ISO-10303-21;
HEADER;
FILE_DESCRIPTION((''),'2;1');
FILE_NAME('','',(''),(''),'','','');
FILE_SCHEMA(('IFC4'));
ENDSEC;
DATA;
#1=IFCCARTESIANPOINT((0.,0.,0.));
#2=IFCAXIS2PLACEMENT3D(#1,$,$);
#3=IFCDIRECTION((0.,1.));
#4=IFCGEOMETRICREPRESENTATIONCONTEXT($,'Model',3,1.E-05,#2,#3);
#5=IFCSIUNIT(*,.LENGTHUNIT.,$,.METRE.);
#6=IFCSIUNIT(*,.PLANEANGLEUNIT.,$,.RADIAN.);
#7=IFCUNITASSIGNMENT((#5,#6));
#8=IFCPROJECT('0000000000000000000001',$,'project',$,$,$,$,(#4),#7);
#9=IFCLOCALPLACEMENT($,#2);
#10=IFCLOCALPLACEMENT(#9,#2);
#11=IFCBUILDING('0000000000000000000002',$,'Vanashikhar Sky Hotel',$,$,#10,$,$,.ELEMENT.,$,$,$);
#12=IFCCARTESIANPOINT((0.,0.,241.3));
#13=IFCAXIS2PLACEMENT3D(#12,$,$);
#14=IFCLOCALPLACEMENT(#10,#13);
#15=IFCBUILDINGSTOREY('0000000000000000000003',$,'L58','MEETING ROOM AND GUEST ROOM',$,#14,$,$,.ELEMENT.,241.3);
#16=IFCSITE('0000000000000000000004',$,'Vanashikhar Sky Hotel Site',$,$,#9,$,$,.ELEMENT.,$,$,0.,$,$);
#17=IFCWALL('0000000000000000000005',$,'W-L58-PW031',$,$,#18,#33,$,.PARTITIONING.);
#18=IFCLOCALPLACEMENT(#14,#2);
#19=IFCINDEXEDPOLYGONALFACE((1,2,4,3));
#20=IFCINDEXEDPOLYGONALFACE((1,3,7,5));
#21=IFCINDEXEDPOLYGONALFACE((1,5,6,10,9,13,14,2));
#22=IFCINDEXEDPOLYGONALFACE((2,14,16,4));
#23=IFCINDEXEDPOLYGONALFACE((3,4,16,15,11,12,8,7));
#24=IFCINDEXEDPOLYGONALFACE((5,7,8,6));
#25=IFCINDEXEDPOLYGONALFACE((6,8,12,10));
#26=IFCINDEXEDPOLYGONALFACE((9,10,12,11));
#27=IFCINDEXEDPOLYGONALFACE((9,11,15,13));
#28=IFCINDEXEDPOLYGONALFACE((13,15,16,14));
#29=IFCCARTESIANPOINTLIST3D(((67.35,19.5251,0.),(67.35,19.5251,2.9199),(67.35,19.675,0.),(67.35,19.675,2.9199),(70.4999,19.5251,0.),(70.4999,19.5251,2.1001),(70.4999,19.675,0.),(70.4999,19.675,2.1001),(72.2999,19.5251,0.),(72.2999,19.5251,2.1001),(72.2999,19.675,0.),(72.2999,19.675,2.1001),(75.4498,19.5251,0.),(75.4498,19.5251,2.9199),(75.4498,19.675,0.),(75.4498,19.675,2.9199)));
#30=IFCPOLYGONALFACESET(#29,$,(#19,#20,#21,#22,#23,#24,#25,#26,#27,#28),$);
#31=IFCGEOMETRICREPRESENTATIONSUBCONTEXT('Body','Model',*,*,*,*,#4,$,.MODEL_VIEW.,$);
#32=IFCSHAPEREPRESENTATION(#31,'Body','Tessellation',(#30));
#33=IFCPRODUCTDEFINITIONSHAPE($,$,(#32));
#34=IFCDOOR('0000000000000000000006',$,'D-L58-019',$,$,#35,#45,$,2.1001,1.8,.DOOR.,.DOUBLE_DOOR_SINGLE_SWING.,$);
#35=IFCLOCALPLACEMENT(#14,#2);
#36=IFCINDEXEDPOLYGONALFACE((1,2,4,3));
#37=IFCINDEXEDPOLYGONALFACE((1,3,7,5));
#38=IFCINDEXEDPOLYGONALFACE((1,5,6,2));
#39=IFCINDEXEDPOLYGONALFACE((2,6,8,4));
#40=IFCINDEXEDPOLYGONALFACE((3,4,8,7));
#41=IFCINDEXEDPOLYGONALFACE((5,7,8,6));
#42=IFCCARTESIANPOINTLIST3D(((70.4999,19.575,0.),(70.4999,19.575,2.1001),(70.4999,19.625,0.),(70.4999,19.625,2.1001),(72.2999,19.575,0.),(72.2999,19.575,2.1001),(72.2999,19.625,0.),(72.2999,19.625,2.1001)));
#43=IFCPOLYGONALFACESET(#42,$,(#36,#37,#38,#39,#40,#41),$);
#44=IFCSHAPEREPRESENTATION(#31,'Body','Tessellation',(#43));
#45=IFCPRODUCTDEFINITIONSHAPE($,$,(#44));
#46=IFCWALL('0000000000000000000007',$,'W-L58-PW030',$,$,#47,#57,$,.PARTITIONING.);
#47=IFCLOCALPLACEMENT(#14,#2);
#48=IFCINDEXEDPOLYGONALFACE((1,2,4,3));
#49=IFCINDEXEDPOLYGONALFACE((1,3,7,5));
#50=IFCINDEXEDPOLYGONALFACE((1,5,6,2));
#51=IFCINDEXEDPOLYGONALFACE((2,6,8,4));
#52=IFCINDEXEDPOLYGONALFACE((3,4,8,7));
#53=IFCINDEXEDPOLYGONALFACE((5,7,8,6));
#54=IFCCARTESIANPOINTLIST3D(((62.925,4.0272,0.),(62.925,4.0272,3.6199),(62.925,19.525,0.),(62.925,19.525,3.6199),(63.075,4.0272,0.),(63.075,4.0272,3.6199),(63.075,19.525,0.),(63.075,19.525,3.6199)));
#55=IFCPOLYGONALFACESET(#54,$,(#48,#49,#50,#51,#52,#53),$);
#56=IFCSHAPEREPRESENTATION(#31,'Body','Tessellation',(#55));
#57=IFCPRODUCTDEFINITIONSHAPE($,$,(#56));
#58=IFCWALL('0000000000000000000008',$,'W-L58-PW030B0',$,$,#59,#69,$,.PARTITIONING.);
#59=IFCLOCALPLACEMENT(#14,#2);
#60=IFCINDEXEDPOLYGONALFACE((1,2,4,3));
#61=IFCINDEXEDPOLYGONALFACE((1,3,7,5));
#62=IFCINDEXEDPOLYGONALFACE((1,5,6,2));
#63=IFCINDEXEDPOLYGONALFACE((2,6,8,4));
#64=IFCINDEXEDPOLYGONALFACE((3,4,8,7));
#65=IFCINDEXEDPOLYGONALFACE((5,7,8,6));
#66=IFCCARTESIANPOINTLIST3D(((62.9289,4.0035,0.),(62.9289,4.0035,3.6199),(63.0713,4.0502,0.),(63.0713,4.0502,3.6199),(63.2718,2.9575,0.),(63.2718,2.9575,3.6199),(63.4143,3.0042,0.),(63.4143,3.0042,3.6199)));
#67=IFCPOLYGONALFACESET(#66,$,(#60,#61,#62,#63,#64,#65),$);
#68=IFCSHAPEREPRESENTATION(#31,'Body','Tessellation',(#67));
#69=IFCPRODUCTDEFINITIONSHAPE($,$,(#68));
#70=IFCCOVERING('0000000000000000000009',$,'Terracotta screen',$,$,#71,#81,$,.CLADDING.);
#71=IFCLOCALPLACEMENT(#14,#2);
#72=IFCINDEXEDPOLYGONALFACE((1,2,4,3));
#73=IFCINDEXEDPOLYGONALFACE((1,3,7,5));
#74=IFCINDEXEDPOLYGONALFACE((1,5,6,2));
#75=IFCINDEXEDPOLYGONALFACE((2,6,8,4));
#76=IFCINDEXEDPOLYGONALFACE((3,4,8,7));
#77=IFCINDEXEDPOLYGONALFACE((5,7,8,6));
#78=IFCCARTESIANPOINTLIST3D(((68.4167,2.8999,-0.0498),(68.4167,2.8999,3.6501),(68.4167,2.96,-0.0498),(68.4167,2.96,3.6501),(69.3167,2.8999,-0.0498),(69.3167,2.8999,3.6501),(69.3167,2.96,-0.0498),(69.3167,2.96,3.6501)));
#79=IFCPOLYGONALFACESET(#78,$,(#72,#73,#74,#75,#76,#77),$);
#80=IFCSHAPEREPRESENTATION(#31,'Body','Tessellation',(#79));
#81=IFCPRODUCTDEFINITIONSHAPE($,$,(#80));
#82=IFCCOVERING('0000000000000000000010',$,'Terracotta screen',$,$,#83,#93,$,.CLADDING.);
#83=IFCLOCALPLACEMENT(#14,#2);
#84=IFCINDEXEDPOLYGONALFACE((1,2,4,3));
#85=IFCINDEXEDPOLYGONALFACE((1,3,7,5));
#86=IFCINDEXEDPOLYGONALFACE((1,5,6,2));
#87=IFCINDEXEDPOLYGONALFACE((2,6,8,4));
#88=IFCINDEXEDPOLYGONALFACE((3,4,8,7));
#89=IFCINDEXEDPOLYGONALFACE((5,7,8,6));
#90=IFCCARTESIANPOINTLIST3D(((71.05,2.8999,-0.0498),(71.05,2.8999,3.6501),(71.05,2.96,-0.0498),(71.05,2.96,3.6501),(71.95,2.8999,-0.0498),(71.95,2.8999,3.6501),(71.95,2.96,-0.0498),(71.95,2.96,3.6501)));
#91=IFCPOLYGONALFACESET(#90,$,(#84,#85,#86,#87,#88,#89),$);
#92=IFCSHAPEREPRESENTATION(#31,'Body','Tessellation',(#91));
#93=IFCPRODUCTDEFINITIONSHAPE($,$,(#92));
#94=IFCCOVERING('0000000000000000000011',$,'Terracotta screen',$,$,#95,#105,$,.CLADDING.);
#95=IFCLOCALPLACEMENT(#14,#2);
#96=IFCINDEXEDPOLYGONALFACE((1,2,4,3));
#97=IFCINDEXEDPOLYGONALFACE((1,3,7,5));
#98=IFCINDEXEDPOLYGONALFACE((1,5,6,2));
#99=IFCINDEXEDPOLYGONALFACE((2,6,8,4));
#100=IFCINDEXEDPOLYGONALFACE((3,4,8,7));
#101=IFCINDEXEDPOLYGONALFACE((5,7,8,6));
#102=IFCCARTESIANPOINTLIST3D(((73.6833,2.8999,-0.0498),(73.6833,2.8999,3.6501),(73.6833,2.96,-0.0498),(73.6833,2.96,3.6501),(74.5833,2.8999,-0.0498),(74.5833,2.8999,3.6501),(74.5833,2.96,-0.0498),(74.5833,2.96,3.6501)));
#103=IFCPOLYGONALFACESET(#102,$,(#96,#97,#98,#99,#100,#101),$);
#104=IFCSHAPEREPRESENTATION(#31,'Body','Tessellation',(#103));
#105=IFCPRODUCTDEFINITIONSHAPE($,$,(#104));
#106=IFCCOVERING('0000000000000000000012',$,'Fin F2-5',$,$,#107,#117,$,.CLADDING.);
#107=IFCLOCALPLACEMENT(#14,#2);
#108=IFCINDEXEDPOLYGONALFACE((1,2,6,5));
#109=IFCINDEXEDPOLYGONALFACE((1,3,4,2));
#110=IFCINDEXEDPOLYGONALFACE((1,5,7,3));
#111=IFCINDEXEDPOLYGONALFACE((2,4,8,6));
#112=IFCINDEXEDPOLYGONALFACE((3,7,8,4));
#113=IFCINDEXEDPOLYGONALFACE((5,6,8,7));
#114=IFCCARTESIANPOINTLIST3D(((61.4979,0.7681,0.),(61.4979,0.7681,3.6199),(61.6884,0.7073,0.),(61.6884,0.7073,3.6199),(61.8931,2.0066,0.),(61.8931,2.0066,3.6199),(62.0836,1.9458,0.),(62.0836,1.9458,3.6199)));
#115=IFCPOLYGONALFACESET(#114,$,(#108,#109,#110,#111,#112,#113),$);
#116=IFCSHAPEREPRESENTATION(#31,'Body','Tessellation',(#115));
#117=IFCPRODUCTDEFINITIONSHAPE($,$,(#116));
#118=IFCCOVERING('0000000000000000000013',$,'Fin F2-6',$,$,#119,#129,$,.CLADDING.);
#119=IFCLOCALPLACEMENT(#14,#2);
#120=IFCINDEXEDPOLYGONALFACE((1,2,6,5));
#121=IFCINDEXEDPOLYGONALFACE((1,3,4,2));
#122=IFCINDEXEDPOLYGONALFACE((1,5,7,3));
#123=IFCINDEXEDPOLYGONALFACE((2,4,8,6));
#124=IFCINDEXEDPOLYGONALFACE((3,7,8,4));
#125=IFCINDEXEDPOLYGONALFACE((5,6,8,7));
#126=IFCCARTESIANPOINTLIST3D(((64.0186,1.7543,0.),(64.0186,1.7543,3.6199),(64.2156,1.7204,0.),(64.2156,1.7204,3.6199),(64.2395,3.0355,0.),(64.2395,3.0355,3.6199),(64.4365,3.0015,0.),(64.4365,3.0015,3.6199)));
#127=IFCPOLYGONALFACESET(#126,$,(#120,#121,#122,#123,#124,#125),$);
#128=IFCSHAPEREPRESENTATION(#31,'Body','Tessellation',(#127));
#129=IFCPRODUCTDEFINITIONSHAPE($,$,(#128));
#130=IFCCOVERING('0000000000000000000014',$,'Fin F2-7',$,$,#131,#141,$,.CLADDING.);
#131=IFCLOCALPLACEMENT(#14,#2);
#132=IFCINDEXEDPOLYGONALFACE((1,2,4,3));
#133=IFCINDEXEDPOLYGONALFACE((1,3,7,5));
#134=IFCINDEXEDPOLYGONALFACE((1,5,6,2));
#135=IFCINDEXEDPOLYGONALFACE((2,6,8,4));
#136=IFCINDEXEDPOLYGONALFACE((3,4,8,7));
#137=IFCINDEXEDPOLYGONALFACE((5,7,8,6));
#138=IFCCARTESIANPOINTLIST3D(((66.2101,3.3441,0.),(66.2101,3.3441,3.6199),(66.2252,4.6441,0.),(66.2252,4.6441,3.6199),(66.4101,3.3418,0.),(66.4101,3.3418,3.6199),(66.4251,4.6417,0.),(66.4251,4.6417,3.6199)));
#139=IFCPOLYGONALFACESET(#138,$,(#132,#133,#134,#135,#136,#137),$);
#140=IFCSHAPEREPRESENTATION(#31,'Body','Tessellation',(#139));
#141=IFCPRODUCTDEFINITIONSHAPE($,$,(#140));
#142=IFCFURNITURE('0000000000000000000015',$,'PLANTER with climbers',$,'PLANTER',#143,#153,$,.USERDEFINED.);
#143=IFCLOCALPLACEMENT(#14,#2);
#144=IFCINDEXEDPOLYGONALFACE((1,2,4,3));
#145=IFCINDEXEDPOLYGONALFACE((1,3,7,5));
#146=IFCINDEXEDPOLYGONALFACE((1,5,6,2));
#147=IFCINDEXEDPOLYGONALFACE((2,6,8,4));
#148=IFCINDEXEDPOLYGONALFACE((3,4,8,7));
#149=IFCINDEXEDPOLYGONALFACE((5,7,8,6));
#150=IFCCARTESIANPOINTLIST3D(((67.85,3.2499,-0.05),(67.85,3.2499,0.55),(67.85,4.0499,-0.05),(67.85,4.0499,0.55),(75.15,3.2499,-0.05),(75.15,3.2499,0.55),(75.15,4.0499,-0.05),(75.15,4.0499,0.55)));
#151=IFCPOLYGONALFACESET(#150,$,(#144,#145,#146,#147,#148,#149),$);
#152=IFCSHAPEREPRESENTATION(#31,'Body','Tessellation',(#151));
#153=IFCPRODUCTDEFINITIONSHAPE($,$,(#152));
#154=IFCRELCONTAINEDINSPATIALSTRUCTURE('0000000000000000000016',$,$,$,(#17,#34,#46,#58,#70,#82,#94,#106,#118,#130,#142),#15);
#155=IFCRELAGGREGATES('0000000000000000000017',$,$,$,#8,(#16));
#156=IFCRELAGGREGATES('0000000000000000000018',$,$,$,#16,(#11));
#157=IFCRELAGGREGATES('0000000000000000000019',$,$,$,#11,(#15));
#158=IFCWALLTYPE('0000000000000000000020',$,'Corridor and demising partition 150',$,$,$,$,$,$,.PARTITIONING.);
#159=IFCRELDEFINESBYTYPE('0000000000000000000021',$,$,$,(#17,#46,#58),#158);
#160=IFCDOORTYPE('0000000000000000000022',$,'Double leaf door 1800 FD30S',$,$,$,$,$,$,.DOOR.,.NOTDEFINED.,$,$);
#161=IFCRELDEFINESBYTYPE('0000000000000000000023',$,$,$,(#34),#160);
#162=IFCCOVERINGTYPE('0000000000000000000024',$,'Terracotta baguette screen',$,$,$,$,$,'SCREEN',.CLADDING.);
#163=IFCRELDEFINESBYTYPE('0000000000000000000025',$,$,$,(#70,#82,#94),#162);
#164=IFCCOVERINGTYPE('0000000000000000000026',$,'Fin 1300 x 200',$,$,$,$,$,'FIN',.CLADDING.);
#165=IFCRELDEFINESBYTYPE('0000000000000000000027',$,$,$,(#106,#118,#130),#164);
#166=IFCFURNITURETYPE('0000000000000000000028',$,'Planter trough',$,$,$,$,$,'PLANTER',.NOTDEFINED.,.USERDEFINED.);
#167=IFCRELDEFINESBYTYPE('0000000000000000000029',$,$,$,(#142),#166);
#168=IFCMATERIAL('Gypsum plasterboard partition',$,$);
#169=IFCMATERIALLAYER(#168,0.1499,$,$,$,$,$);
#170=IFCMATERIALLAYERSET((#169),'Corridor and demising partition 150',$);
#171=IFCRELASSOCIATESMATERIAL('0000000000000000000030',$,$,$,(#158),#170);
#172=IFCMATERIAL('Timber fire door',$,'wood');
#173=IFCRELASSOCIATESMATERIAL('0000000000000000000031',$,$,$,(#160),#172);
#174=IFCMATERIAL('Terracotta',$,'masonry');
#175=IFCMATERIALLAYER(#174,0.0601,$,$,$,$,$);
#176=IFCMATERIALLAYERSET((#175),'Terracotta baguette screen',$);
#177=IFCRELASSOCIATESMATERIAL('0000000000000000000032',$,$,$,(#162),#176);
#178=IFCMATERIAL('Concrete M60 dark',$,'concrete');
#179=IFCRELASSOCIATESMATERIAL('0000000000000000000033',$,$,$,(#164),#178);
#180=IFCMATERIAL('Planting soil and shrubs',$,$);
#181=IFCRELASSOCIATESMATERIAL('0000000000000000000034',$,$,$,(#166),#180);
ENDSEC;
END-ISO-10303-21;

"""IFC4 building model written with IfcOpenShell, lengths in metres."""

from ifc_helpers import new_model, si_unit, direction, frame, frame_2d, origin, origin_2d, place, context, subcontext, project, spatial, rectangle, extrude, source, transform, mapped, material, layer, layer_set, material_profile, profile_set, type_object, element, fill, save


model = new_model("IFC4")

# Units and contexts
model_context = context("Model", 3, precision=1e-05, world=origin(), true_north=direction((0.0, 1.0)))
body_context = subcontext(model_context, "Body", "Model", "MODEL_VIEW")
ifc_project = project(units=[si_unit("LENGTHUNIT", "METRE"), si_unit("PLANEANGLEUNIT", "RADIAN")], contexts=[model_context])

# Site, building, storey
site_placement = place(None, origin())
site = spatial("IfcSite", under=ifc_project, at=site_placement, Name="Vanashikhar Sky Hotel Site", CompositionType="ELEMENT", RefElevation=0.0)
building_placement = place(site_placement, origin())
building = spatial("IfcBuilding", under=site, at=building_placement, Name="Vanashikhar Sky Hotel", CompositionType="ELEMENT")
storey_placement = place(building_placement, frame((0.0, 0.0, 241.3)))
storey = spatial("IfcBuildingStorey", under=building, at=storey_placement, Name="L58", Description="MEETING ROOM AND GUEST ROOM", CompositionType="ELEMENT", Elevation=241.3)

# Wall, opening, door
ifc_material_1 = material(Name="Gypsum plasterboard partition")
ifc_layer_1 = layer(ifc_material_1, 0.1499)
ifc_layer_set_1 = layer_set([ifc_layer_1], Name="Corridor and demising partition 150")
wall_type_1 = type_object("IfcWallType", Name="Corridor and demising partition 150", PredefinedType="PARTITIONING", material=ifc_layer_set_1)
ifc_material_2 = material(Name="Timber fire door", Category="wood")
shared_shape_1 = source(origin(), body_context, "Body", "SweptSolid", [
    extrude(rectangle(XDim=8.0999, YDim=0.1499, at=frame_2d((4.0498, 0.0))), origin(), (0.0, 0.0, 1.0), 2.9199),
])
wall_1_placement = place(storey_placement, frame((67.3501, 19.6001, 0.0), z_axis=(0.0, 0.0, 1.0), x_axis=(1.0, 0.0, 0.0)))
wall_1 = element("IfcWall", 1, at=wall_1_placement, inside=storey, type_object=wall_type_1, Name="W-L58-PW031", PredefinedType="PARTITIONING", context=body_context, shape_type="MappedRepresentation", body=[
    mapped(shared_shape_1, transform((0.0, 0.0, 0.0), scale=1.0)),
])
shared_shape_2 = source(origin(), body_context, "Body", "SweptSolid", [
    extrude(rectangle(XDim=1.8, YDim=2.1001, at=frame_2d((0.8999, 1.05))), frame((0.0, 0.085, 0.0), z_axis=(0.0, -1.0, 0.0), x_axis=(1.0, 0.0, 0.0)), (0.0, 0.0, 1.0), 0.1699),
])
opening_1_placement = place(wall_1_placement, frame((3.1499, 0.0, 0.0)))
opening_1 = element("IfcOpeningElement", 2, at=opening_1_placement, cuts=wall_1, PredefinedType="OPENING", context=body_context, shape_type="MappedRepresentation", body=[
    mapped(shared_shape_2, transform((0.0, 0.0, 0.0), scale=1.0)),
])
door_type_1 = type_object("IfcDoorType", Name="Double leaf door 1800 FD30S", OperationType="NOTDEFINED", PredefinedType="DOOR", material=ifc_material_2)
shared_shape_3 = source(origin(), body_context, "Body", "SweptSolid", [
    extrude(rectangle(XDim=1.8, YDim=2.1001, at=frame_2d((0.8999, 1.05))), frame((0.0, 0.0249, 0.0), z_axis=(0.0, -1.0, 0.0), x_axis=(1.0, 0.0, 0.0)), (0.0, 0.0, 1.0), 0.05),
])
door_1_placement = place(opening_1_placement, origin())
door_1 = element("IfcDoor", 3, at=door_1_placement, inside=storey, type_object=door_type_1, Name="D-L58-019", OperationType="DOUBLE_DOOR_SINGLE_SWING", OverallHeight=2.1001, OverallWidth=1.8, PredefinedType="DOOR", context=body_context, shape_type="MappedRepresentation", body=[
    mapped(shared_shape_3, transform((0.0, 0.0, 0.0), scale=1.0)),
])
fill(opening_1, door_1)

# Walls
shared_shape_4 = source(origin(), body_context, "Body", "SweptSolid", [
    extrude(rectangle(XDim=15.4978, YDim=0.1499, at=frame_2d((7.749, 0.0))), origin(), (0.0, 0.0, 1.0), 3.6199),
])
wall_2_placement = place(storey_placement, frame((63.0, 4.0271, 0.0), z_axis=(0.0, 0.0, 1.0), x_axis=(0.0, 1.0, 0.0)))
element("IfcWall", 4, at=wall_2_placement, inside=storey, type_object=wall_type_1, Name="W-L58-PW030", PredefinedType="PARTITIONING", context=body_context, shape_type="MappedRepresentation", body=[
    mapped(shared_shape_4, transform((0.0, 0.0, 0.0), scale=1.0)),
])
shared_shape_5 = source(origin(), body_context, "Body", "SweptSolid", [
    extrude(rectangle(XDim=1.1008, YDim=0.1499, at=frame_2d((0.5503, 0.0))), origin(), (0.0, 0.0, 1.0), 3.6199),
])
wall_3_placement = place(storey_placement, frame((63.343, 2.981, 0.0), z_axis=(0.0, 0.0, 1.0), x_axis=(-0.311567, 0.950224, 0.0)))
element("IfcWall", 5, at=wall_3_placement, inside=storey, type_object=wall_type_1, Name="W-L58-PW030B0", PredefinedType="PARTITIONING", context=body_context, shape_type="MappedRepresentation", body=[
    mapped(shared_shape_5, transform((0.0, 0.0, 0.0), scale=1.0)),
])

# Coverings
ifc_material_3 = material(Name="Terracotta", Category="masonry")
ifc_layer_2 = layer(ifc_material_3, 0.0601)
ifc_layer_set_2 = layer_set([ifc_layer_2], Name="Terracotta baguette screen")
covering_type_1 = type_object("IfcCoveringType", Name="Terracotta baguette screen", ElementType="SCREEN", PredefinedType="CLADDING", material=ifc_layer_set_2)
shared_shape_6 = source(origin(), body_context, "Body", "SweptSolid", [
    extrude(rectangle(XDim=0.8999, YDim=0.0601, at=origin_2d()), origin(), (0.0, 0.0, 1.0), 3.7),
])
for number, where, z_axis, x_axis, name in (
    (6, (68.8667, 2.9299, -0.0498), (0.0, 0.0, 1.0), (1.0, 0.0, 0.0), "Terracotta screen"),
    (7, (71.5, 2.9299, -0.0498), (0.0, 0.0, 1.0), (1.0, 0.0, 0.0), "Terracotta screen"),
    (8, (74.1333, 2.9299, -0.0498), (0.0, 0.0, 1.0), (1.0, 0.0, 0.0), "Terracotta screen"),
):
    element("IfcCovering", number, at=place(storey_placement, frame(where, z_axis=z_axis, x_axis=x_axis)), inside=storey, type_object=covering_type_1, Name=name, PredefinedType="CLADDING", context=body_context, shape_type="MappedRepresentation", body=[
        mapped(shared_shape_6, transform((0.0, 0.0, 0.0), scale=1.0)),
    ])
ifc_material_4 = material(Name="Concrete M60 dark", Category="concrete")
ifc_material_profile_1 = material_profile(ifc_material_4, rectangle(XDim=1.3, YDim=0.2, at=origin_2d()))
ifc_profile_set_1 = profile_set([ifc_material_profile_1], Name="Fin 1300 x 200")
covering_type_2 = type_object("IfcCoveringType", Name="Fin 1300 x 200", ElementType="FIN", PredefinedType="CLADDING", material=ifc_profile_set_1)
shared_shape_7 = source(origin(), body_context, "Body", "SweptSolid", [
    extrude(rectangle(XDim=1.3, YDim=0.2, at=origin_2d()), origin(), (0.0, 0.0, 1.0), 3.6199),
])
for number, where, z_axis, x_axis, name in (
    (9, (61.7908, 1.3569, 0.0), (0.0, 0.0, 1.0), (-0.303967, -0.952683, 0.0), "Fin F2-5"),
    (10, (64.2275, 2.3779, 0.0), (0.0, 0.0, 1.0), (-0.1699, -0.985461, 0.0), "Fin F2-6"),
    (11, (66.3176, 3.9929, 0.0), (0.0, 0.0, 1.0), (-0.011589, -0.999933, 0.0), "Fin F2-7"),
):
    element("IfcCovering", number, at=place(storey_placement, frame(where, z_axis=z_axis, x_axis=x_axis)), inside=storey, type_object=covering_type_2, Name=name, PredefinedType="CLADDING", context=body_context, shape_type="MappedRepresentation", body=[
        mapped(shared_shape_7, transform((0.0, 0.0, 0.0), scale=1.0)),
    ])

# Furniture
ifc_material_5 = material(Name="Planting soil and shrubs")
furniture_type = type_object("IfcFurnitureType", Name="Planter trough", ElementType="PLANTER", AssemblyPlace="NOTDEFINED", PredefinedType="USERDEFINED", material=ifc_material_5)
shared_shape_8 = source(origin(), body_context, "Body", "SweptSolid", [
    extrude(rectangle(XDim=7.3, YDim=0.8, at=origin_2d()), origin(), (0.0, 0.0, 1.0), 0.6001),
])
furniture_placement = place(storey_placement, frame((71.5, 3.6499, -0.05), z_axis=(0.0, 0.0, 1.0), x_axis=(1.0, 0.0, 0.0)))
element("IfcFurniture", 12, at=furniture_placement, inside=storey, type_object=furniture_type, Name="PLANTER with climbers", ObjectType="PLANTER", PredefinedType="USERDEFINED", context=body_context, shape_type="MappedRepresentation", body=[
    mapped(shared_shape_8, transform((0.0, 0.0, 0.0), scale=1.0)),
])

save(model, "model.ifc")
